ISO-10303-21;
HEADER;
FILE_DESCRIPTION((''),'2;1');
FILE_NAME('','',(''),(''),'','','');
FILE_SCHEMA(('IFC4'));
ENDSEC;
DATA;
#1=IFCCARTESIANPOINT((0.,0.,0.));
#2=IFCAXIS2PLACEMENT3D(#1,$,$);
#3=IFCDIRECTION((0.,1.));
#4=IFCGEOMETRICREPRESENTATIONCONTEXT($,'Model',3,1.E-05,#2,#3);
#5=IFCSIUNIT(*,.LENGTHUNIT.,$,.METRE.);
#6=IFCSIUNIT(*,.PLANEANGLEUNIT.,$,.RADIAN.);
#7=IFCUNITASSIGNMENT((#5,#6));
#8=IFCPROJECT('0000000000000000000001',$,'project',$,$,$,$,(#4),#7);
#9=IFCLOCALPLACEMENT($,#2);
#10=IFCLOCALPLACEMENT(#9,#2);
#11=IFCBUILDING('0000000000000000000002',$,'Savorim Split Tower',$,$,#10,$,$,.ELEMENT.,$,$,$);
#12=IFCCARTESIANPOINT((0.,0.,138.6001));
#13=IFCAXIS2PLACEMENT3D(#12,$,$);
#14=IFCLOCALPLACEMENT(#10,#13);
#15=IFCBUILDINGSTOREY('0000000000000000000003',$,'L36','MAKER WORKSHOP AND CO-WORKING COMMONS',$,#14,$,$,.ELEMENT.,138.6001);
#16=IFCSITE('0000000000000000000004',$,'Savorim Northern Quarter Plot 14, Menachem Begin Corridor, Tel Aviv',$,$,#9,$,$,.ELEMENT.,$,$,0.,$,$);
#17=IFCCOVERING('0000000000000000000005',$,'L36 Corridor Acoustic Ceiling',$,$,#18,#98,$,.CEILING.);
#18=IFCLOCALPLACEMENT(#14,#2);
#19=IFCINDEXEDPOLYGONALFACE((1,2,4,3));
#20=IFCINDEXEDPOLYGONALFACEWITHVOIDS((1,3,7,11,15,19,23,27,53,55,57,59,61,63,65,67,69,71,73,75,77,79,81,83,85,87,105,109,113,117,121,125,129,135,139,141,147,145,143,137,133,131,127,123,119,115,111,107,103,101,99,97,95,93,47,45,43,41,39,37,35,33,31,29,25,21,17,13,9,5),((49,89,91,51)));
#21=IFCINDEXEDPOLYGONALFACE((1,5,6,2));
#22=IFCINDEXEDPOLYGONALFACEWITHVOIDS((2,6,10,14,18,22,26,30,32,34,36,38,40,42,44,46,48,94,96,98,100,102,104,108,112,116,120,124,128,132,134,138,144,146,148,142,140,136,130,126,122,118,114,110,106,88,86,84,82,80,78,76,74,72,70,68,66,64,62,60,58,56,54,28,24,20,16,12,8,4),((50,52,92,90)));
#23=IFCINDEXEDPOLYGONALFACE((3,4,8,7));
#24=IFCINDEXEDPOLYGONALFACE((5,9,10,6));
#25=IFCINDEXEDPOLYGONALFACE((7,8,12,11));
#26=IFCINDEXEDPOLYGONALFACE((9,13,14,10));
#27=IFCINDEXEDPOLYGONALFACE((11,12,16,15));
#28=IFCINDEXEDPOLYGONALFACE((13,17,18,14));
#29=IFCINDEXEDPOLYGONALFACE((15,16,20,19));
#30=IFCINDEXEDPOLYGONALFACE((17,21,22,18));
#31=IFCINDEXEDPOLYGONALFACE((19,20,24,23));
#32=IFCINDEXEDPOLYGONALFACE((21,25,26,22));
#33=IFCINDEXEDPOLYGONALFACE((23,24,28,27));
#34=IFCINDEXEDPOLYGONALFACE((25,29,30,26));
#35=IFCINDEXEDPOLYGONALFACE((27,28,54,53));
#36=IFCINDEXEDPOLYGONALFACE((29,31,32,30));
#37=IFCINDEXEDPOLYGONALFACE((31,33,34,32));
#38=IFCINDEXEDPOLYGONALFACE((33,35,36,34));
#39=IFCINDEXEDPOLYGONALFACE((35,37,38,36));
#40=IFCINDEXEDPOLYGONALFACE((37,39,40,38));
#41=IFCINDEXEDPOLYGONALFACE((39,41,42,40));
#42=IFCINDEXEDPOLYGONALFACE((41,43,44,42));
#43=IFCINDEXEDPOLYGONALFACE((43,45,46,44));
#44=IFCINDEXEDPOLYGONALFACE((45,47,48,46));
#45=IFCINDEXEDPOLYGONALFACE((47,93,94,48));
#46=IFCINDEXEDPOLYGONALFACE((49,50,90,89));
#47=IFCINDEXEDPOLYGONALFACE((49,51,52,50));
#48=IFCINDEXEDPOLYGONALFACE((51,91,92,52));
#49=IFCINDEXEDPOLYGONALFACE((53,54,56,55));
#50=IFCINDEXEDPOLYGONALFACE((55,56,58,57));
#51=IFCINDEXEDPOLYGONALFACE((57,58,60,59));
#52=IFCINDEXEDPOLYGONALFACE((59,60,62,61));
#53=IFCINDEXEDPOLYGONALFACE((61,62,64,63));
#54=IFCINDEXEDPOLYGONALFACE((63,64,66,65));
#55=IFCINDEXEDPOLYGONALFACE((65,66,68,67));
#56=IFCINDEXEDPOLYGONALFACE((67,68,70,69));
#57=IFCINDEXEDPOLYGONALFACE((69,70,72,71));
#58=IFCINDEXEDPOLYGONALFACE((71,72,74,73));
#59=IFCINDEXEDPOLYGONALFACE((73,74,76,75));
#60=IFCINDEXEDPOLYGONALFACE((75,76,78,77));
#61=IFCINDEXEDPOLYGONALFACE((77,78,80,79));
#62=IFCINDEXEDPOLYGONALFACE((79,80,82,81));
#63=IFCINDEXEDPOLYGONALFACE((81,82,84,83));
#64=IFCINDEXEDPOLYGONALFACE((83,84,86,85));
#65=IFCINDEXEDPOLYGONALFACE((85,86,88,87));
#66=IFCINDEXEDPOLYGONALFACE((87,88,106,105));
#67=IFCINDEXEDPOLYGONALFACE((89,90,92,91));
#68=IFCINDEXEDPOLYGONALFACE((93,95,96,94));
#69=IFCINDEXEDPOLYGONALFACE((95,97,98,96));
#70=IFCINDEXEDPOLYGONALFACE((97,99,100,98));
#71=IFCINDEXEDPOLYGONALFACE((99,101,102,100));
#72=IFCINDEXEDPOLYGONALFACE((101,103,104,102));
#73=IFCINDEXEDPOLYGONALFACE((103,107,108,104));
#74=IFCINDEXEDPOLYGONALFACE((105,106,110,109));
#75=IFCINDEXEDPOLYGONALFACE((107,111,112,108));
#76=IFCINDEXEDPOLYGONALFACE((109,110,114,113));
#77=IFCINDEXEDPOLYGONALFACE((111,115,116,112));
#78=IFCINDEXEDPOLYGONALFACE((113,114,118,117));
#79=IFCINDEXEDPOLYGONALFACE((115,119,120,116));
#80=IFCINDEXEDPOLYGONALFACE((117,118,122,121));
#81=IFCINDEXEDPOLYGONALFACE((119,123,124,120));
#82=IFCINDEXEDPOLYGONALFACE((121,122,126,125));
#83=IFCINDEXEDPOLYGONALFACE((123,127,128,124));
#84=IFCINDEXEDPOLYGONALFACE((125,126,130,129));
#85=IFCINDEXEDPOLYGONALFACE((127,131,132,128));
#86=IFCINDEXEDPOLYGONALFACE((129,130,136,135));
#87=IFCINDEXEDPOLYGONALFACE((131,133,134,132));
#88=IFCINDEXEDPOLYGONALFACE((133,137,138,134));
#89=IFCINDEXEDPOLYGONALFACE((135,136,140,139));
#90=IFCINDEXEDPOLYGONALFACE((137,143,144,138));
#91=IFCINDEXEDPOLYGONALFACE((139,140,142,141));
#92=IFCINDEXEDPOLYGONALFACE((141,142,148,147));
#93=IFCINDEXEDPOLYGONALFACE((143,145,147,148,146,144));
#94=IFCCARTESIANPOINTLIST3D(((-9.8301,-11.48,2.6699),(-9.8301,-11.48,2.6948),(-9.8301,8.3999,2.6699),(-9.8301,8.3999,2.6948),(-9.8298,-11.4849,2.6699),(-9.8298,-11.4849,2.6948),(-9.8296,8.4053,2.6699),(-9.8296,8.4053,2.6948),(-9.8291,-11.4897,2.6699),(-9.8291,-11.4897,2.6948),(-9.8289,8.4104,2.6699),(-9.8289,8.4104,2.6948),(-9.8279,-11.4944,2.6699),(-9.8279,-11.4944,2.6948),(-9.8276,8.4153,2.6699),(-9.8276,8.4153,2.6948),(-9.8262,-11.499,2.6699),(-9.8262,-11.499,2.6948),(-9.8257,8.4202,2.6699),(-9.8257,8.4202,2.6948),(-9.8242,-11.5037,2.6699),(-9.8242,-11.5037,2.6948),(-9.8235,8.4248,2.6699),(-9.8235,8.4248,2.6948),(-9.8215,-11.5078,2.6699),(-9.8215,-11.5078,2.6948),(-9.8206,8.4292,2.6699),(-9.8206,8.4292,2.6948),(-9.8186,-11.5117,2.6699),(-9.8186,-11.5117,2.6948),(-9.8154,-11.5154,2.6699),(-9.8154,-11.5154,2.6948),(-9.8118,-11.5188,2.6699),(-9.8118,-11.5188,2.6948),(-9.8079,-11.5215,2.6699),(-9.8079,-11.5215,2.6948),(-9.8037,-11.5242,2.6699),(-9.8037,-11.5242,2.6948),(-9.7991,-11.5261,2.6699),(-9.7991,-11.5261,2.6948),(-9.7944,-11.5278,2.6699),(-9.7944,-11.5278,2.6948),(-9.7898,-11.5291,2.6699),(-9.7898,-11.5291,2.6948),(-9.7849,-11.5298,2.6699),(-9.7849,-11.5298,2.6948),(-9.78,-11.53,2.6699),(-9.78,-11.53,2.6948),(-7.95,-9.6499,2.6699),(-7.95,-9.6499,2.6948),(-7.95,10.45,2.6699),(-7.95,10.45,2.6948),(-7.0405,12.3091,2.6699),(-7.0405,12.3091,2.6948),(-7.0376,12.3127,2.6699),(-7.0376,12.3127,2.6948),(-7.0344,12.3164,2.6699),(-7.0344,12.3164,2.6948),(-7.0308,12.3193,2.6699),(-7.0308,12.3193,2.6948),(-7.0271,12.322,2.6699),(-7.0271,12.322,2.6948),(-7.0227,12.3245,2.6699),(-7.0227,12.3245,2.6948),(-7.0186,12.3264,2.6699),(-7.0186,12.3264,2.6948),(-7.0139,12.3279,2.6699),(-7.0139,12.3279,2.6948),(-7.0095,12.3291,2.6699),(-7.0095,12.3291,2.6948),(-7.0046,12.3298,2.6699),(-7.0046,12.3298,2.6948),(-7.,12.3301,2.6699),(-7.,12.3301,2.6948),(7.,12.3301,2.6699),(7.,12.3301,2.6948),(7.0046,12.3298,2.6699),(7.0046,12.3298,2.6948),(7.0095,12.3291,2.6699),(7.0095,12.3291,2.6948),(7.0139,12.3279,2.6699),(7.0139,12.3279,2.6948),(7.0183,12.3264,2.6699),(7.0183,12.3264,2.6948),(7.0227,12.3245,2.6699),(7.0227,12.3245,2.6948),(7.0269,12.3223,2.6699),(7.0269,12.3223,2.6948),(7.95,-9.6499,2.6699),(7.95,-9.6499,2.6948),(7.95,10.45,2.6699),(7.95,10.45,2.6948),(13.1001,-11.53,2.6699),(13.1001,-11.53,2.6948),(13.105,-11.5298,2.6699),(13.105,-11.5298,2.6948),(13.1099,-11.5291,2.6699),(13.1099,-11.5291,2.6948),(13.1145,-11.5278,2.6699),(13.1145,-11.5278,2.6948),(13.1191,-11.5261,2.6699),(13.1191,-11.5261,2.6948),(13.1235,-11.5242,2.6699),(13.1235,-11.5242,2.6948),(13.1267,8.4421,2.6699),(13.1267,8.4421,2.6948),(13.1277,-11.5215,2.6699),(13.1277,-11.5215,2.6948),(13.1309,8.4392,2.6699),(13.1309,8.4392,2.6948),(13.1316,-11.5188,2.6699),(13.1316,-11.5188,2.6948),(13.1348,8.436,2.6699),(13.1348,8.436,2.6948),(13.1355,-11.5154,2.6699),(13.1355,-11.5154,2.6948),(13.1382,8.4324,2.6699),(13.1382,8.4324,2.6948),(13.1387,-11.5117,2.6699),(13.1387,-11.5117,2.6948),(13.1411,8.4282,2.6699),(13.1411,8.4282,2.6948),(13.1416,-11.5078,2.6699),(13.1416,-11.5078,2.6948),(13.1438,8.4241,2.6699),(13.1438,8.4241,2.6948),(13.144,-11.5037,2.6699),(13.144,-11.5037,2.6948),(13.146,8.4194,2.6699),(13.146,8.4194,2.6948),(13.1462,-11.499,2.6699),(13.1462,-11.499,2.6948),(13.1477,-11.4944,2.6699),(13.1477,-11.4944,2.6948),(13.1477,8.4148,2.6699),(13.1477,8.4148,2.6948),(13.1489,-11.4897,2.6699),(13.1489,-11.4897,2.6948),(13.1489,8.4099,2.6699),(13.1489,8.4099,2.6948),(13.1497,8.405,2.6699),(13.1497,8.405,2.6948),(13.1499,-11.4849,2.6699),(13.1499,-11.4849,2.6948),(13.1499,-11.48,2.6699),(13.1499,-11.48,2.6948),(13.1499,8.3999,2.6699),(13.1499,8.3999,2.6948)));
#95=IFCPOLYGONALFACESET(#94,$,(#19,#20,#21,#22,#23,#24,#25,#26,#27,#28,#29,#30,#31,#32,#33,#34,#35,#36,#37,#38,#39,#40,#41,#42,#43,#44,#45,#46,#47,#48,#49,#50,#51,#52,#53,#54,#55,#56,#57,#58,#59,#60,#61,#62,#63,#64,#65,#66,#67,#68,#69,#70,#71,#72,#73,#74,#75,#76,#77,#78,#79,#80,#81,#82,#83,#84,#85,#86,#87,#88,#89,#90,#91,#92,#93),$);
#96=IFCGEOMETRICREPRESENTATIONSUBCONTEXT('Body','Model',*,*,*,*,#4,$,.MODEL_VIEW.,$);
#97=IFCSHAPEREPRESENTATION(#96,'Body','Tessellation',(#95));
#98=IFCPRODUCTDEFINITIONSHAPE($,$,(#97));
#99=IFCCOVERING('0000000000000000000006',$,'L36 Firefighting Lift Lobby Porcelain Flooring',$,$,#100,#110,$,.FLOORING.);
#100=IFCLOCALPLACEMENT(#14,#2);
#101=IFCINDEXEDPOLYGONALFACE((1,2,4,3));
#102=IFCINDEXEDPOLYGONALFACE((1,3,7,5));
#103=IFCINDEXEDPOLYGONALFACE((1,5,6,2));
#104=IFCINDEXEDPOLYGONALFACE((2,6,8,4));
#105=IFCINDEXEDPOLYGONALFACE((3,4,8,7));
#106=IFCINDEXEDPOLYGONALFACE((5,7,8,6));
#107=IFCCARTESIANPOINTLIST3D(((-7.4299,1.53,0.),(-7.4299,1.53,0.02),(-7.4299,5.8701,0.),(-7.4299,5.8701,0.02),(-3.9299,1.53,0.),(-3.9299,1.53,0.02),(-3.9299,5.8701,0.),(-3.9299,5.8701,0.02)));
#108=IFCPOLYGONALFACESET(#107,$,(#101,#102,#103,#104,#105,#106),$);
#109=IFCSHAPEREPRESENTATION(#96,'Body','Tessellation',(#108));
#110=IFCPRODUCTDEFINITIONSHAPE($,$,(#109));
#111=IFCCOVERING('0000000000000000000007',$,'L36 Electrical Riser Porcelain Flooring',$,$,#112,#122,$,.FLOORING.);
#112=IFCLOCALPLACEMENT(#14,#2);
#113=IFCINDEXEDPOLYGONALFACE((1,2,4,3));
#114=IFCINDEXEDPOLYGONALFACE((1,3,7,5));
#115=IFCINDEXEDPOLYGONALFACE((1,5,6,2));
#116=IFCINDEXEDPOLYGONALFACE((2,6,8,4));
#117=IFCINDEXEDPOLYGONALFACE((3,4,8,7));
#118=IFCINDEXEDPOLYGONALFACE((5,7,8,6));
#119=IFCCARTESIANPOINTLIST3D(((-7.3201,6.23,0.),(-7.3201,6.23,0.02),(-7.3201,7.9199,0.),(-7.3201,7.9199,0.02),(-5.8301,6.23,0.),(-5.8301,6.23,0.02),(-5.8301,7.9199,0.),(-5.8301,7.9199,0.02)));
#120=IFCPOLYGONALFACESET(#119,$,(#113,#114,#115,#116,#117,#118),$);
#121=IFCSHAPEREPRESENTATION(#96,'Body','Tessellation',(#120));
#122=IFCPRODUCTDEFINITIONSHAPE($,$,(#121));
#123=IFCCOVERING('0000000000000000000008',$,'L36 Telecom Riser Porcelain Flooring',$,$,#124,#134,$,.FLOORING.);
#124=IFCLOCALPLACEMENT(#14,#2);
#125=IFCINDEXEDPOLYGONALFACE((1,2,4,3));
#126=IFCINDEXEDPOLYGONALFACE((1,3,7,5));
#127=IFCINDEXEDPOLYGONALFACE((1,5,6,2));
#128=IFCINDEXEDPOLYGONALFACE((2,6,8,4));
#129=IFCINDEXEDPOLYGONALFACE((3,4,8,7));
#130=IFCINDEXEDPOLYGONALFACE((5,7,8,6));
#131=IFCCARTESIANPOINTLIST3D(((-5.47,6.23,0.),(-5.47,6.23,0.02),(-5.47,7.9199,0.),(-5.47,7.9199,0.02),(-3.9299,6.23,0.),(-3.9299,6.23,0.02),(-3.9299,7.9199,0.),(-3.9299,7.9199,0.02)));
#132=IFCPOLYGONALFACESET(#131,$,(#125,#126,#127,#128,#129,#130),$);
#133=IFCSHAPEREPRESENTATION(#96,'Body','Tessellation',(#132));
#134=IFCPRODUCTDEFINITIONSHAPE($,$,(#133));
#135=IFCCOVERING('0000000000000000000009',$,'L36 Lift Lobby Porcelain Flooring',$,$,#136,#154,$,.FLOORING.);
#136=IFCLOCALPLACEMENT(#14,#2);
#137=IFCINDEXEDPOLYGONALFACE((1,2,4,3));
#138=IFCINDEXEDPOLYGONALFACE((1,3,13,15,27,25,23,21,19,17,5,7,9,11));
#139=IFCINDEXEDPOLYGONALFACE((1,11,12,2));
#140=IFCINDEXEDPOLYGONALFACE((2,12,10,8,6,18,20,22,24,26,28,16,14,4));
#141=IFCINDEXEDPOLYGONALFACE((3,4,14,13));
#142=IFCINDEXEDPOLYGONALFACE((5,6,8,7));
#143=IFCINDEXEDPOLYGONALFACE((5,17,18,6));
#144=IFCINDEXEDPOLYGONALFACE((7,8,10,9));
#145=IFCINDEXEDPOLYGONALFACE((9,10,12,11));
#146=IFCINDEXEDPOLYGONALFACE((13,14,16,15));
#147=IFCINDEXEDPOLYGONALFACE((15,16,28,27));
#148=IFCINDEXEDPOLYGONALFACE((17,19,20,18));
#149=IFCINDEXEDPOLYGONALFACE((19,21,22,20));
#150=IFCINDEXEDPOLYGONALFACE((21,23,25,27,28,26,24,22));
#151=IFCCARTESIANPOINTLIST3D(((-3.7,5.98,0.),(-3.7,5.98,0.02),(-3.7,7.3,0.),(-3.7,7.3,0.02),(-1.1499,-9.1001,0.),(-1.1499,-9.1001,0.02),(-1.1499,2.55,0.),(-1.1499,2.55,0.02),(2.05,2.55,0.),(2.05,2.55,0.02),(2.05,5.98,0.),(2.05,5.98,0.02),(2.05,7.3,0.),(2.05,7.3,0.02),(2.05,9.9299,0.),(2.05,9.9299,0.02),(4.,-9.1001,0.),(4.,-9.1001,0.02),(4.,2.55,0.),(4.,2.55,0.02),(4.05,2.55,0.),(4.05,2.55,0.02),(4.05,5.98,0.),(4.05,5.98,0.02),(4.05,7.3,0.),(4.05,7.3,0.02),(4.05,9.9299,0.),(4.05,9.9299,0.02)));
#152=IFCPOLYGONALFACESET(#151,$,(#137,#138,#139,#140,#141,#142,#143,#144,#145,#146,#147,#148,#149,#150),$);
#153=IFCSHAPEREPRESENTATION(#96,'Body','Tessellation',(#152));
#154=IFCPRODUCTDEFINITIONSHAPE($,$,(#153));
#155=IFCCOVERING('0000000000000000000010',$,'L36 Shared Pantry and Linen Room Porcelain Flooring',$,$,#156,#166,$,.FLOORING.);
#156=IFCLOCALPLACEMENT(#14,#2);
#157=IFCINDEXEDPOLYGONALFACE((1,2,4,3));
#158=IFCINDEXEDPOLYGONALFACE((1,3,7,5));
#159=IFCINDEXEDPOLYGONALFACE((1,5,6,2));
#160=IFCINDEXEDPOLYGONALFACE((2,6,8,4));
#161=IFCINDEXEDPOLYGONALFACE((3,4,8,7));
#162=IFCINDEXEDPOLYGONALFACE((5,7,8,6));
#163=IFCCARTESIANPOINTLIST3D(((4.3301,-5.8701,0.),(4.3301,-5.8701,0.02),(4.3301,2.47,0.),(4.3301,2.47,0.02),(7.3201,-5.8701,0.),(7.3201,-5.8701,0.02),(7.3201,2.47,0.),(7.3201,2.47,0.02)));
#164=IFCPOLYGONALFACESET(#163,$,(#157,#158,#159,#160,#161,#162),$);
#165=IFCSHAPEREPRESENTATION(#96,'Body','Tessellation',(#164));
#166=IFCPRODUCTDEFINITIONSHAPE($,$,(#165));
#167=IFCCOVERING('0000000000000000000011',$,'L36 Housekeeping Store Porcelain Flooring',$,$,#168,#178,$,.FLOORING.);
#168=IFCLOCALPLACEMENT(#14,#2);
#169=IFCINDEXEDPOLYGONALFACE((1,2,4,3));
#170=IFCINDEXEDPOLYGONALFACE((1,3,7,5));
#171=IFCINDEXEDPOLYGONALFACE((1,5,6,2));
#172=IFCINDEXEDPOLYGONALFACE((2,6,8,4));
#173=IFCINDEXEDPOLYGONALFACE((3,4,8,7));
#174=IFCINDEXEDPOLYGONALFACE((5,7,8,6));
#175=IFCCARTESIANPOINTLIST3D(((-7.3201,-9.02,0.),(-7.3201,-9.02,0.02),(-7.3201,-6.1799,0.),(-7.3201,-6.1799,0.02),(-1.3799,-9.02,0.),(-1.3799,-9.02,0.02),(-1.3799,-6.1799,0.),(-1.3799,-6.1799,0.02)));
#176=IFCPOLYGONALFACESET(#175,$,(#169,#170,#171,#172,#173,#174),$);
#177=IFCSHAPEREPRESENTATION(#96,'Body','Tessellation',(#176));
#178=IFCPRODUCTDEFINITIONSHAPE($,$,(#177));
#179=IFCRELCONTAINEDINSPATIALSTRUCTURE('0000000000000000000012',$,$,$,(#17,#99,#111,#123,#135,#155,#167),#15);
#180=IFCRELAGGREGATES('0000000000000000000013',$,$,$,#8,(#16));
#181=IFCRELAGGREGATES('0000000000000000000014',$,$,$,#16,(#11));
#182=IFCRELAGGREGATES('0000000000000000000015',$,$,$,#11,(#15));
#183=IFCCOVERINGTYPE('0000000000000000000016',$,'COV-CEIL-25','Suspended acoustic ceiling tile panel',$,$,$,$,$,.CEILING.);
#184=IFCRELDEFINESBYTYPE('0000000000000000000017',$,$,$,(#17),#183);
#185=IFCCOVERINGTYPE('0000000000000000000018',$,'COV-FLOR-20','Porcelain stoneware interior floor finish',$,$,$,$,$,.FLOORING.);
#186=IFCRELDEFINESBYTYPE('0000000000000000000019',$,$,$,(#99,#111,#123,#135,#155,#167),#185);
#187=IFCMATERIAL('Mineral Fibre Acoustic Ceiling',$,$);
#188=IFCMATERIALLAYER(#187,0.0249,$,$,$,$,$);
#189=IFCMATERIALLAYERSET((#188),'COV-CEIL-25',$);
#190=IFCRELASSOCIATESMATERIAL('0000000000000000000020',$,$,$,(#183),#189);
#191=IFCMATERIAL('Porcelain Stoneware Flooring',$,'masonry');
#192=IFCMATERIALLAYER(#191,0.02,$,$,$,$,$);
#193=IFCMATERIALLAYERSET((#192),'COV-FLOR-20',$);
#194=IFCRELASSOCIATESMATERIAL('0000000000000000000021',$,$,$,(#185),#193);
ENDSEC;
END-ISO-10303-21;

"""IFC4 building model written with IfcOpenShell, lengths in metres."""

from ifc_helpers import new_model, si_unit, direction, frame, origin, place, context, subcontext, project, spatial, polyline, outline, extrude, material, layer, layer_set, type_object, element, save


model = new_model("IFC4")

# Units and contexts
model_context = context("Model", 3, precision=1e-05, world=origin(), true_north=direction((0.0, 1.0)))
body_context = subcontext(model_context, "Body", "Model", "MODEL_VIEW")
ifc_project = project(units=[si_unit("LENGTHUNIT", "METRE"), si_unit("PLANEANGLEUNIT", "RADIAN")], contexts=[model_context])

# Site, building, storey
site_placement = place(None, origin())
site = spatial("IfcSite", under=ifc_project, at=site_placement, Name="Savorim Northern Quarter Plot 14, Menachem Begin Corridor, Tel Aviv", CompositionType="ELEMENT", RefElevation=0.0)
building_placement = place(site_placement, origin())
building = spatial("IfcBuilding", under=site, at=building_placement, Name="Savorim Split Tower", CompositionType="ELEMENT")
storey_placement = place(building_placement, frame((0.0, 0.0, 138.6001)))
storey = spatial("IfcBuildingStorey", under=building, at=storey_placement, Name="L36", Description="MAKER WORKSHOP AND CO-WORKING COMMONS", CompositionType="ELEMENT", Elevation=138.6001)

# Coverings
ifc_material_1 = material(Name="Mineral Fibre Acoustic Ceiling")
ifc_layer_1 = layer(ifc_material_1, 0.0249)
ifc_layer_set_1 = layer_set([ifc_layer_1], Name="COV-CEIL-25")
covering_type_1 = type_object("IfcCoveringType", Name="COV-CEIL-25", Description="Suspended acoustic ceiling tile panel", PredefinedType="CEILING", material=ifc_layer_set_1)
covering_1_placement = place(storey_placement, frame((0.0, 0.0, 2.6699)))
element("IfcCovering", 1, at=covering_1_placement, inside=storey, type_object=covering_type_1, Name="L36 Corridor Acoustic Ceiling", PredefinedType="CEILING", context=body_context, shape_type="SweptSolid", body=[
    extrude(outline(polyline([(7.0095, 12.3291), (7.0046, 12.3298), (7.0, 12.3301), (-7.0, 12.3301), (-7.0046, 12.3298), (-7.0095, 12.3291), (-7.0139, 12.3279), (-7.0186, 12.3264), (-7.0227, 12.3245), (-7.0271, 12.322), (-7.0308, 12.3193), (-7.0344, 12.3164), (-7.0376, 12.3127), (-7.0405, 12.3091), (-9.8206, 8.4292), (-9.8235, 8.4248), (-9.8257, 8.4202), (-9.8276, 8.4153), (-9.8289, 8.4104), (-9.8296, 8.4053), (-9.8301, 8.3999), (-9.8301, -11.48), (-9.8298, -11.4849), (-9.8291, -11.4897), (-9.8279, -11.4944), (-9.8262, -11.499), (-9.8242, -11.5037), (-9.8215, -11.5078), (-9.8186, -11.5117), (-9.8154, -11.5154), (-9.8118, -11.5188), (-9.8079, -11.5215), (-9.8037, -11.5242), (-9.7991, -11.5261), (-9.7944, -11.5278), (-9.7898, -11.5291), (-9.7849, -11.5298), (-9.78, -11.53), (13.1001, -11.53), (13.105, -11.5298), (13.1099, -11.5291), (13.1145, -11.5278), (13.1191, -11.5261), (13.1235, -11.5242), (13.1277, -11.5215), (13.1316, -11.5188), (13.1355, -11.5154), (13.1387, -11.5117), (13.1416, -11.5078), (13.144, -11.5037), (13.1462, -11.499), (13.1477, -11.4944), (13.1489, -11.4897), (13.1499, -11.4849), (13.1499, -11.48), (13.1499, 8.3999), (13.1497, 8.405), (13.1489, 8.4099), (13.1477, 8.4148), (13.146, 8.4194), (13.1438, 8.4241), (13.1411, 8.4282), (13.1382, 8.4324), (13.1348, 8.436), (13.1309, 8.4392), (13.1267, 8.4421), (7.0269, 12.3223), (7.0227, 12.3245), (7.0183, 12.3264), (7.0139, 12.3279), (7.0095, 12.3291)]), holes=[polyline([(-7.95, 10.45), (-7.95, -9.6499), (7.95, -9.6499), (7.95, 10.45), (-7.95, 10.45)])]), origin(), (0.0, 0.0, 1.0), 0.0249),
])
ifc_material_2 = material(Name="Porcelain Stoneware Flooring", Category="masonry")
ifc_layer_2 = layer(ifc_material_2, 0.02)
ifc_layer_set_2 = layer_set([ifc_layer_2], Name="COV-FLOR-20")
covering_type_2 = type_object("IfcCoveringType", Name="COV-FLOR-20", Description="Porcelain stoneware interior floor finish", PredefinedType="FLOORING", material=ifc_layer_set_2)
covering_2_placement = place(storey_placement, origin())
element("IfcCovering", 2, at=covering_2_placement, inside=storey, type_object=covering_type_2, Name="L36 Firefighting Lift Lobby Porcelain Flooring", PredefinedType="FLOORING", context=body_context, shape_type="SweptSolid", body=[
    extrude(outline(polyline([(-7.4299, 5.8701), (-7.4299, 1.53), (-3.9299, 1.53), (-3.9299, 5.8701), (-7.4299, 5.8701)])), origin(), (0.0, 0.0, 1.0), 0.02),
])
covering_3_placement = place(storey_placement, origin())
element("IfcCovering", 3, at=covering_3_placement, inside=storey, type_object=covering_type_2, Name="L36 Electrical Riser Porcelain Flooring", PredefinedType="FLOORING", context=body_context, shape_type="SweptSolid", body=[
    extrude(outline(polyline([(-7.3201, 7.9199), (-7.3201, 6.23), (-5.8301, 6.23), (-5.8301, 7.9199), (-7.3201, 7.9199)])), origin(), (0.0, 0.0, 1.0), 0.02),
])
covering_4_placement = place(storey_placement, origin())
element("IfcCovering", 4, at=covering_4_placement, inside=storey, type_object=covering_type_2, Name="L36 Telecom Riser Porcelain Flooring", PredefinedType="FLOORING", context=body_context, shape_type="SweptSolid", body=[
    extrude(outline(polyline([(-5.47, 7.9199), (-5.47, 6.23), (-3.9299, 6.23), (-3.9299, 7.9199), (-5.47, 7.9199)])), origin(), (0.0, 0.0, 1.0), 0.02),
])
covering_5_placement = place(storey_placement, origin())
element("IfcCovering", 5, at=covering_5_placement, inside=storey, type_object=covering_type_2, Name="L36 Lift Lobby Porcelain Flooring", PredefinedType="FLOORING", context=body_context, shape_type="SweptSolid", body=[
    extrude(outline(polyline([(2.05, 2.55), (-1.1499, 2.55), (-1.1499, -9.1001), (4.0, -9.1001), (4.0, 2.55), (4.05, 2.55), (4.05, 5.98), (4.05, 7.3), (4.05, 9.9299), (2.05, 9.9299), (2.05, 7.3), (-3.7, 7.3), (-3.7, 5.98), (2.05, 5.98), (2.05, 2.55)])), origin(), (0.0, 0.0, 1.0), 0.02),
])
covering_6_placement = place(storey_placement, origin())
element("IfcCovering", 6, at=covering_6_placement, inside=storey, type_object=covering_type_2, Name="L36 Shared Pantry and Linen Room Porcelain Flooring", PredefinedType="FLOORING", context=body_context, shape_type="SweptSolid", body=[
    extrude(outline(polyline([(4.3301, 2.47), (4.3301, -5.8701), (7.3201, -5.8701), (7.3201, 2.47), (4.3301, 2.47)])), origin(), (0.0, 0.0, 1.0), 0.02),
])
covering_7_placement = place(storey_placement, origin())
element("IfcCovering", 7, at=covering_7_placement, inside=storey, type_object=covering_type_2, Name="L36 Housekeeping Store Porcelain Flooring", PredefinedType="FLOORING", context=body_context, shape_type="SweptSolid", body=[
    extrude(outline(polyline([(-7.3201, -6.1799), (-7.3201, -9.02), (-1.3799, -9.02), (-1.3799, -6.1799), (-7.3201, -6.1799)])), origin(), (0.0, 0.0, 1.0), 0.02),
])

save(model, "model.ifc")
